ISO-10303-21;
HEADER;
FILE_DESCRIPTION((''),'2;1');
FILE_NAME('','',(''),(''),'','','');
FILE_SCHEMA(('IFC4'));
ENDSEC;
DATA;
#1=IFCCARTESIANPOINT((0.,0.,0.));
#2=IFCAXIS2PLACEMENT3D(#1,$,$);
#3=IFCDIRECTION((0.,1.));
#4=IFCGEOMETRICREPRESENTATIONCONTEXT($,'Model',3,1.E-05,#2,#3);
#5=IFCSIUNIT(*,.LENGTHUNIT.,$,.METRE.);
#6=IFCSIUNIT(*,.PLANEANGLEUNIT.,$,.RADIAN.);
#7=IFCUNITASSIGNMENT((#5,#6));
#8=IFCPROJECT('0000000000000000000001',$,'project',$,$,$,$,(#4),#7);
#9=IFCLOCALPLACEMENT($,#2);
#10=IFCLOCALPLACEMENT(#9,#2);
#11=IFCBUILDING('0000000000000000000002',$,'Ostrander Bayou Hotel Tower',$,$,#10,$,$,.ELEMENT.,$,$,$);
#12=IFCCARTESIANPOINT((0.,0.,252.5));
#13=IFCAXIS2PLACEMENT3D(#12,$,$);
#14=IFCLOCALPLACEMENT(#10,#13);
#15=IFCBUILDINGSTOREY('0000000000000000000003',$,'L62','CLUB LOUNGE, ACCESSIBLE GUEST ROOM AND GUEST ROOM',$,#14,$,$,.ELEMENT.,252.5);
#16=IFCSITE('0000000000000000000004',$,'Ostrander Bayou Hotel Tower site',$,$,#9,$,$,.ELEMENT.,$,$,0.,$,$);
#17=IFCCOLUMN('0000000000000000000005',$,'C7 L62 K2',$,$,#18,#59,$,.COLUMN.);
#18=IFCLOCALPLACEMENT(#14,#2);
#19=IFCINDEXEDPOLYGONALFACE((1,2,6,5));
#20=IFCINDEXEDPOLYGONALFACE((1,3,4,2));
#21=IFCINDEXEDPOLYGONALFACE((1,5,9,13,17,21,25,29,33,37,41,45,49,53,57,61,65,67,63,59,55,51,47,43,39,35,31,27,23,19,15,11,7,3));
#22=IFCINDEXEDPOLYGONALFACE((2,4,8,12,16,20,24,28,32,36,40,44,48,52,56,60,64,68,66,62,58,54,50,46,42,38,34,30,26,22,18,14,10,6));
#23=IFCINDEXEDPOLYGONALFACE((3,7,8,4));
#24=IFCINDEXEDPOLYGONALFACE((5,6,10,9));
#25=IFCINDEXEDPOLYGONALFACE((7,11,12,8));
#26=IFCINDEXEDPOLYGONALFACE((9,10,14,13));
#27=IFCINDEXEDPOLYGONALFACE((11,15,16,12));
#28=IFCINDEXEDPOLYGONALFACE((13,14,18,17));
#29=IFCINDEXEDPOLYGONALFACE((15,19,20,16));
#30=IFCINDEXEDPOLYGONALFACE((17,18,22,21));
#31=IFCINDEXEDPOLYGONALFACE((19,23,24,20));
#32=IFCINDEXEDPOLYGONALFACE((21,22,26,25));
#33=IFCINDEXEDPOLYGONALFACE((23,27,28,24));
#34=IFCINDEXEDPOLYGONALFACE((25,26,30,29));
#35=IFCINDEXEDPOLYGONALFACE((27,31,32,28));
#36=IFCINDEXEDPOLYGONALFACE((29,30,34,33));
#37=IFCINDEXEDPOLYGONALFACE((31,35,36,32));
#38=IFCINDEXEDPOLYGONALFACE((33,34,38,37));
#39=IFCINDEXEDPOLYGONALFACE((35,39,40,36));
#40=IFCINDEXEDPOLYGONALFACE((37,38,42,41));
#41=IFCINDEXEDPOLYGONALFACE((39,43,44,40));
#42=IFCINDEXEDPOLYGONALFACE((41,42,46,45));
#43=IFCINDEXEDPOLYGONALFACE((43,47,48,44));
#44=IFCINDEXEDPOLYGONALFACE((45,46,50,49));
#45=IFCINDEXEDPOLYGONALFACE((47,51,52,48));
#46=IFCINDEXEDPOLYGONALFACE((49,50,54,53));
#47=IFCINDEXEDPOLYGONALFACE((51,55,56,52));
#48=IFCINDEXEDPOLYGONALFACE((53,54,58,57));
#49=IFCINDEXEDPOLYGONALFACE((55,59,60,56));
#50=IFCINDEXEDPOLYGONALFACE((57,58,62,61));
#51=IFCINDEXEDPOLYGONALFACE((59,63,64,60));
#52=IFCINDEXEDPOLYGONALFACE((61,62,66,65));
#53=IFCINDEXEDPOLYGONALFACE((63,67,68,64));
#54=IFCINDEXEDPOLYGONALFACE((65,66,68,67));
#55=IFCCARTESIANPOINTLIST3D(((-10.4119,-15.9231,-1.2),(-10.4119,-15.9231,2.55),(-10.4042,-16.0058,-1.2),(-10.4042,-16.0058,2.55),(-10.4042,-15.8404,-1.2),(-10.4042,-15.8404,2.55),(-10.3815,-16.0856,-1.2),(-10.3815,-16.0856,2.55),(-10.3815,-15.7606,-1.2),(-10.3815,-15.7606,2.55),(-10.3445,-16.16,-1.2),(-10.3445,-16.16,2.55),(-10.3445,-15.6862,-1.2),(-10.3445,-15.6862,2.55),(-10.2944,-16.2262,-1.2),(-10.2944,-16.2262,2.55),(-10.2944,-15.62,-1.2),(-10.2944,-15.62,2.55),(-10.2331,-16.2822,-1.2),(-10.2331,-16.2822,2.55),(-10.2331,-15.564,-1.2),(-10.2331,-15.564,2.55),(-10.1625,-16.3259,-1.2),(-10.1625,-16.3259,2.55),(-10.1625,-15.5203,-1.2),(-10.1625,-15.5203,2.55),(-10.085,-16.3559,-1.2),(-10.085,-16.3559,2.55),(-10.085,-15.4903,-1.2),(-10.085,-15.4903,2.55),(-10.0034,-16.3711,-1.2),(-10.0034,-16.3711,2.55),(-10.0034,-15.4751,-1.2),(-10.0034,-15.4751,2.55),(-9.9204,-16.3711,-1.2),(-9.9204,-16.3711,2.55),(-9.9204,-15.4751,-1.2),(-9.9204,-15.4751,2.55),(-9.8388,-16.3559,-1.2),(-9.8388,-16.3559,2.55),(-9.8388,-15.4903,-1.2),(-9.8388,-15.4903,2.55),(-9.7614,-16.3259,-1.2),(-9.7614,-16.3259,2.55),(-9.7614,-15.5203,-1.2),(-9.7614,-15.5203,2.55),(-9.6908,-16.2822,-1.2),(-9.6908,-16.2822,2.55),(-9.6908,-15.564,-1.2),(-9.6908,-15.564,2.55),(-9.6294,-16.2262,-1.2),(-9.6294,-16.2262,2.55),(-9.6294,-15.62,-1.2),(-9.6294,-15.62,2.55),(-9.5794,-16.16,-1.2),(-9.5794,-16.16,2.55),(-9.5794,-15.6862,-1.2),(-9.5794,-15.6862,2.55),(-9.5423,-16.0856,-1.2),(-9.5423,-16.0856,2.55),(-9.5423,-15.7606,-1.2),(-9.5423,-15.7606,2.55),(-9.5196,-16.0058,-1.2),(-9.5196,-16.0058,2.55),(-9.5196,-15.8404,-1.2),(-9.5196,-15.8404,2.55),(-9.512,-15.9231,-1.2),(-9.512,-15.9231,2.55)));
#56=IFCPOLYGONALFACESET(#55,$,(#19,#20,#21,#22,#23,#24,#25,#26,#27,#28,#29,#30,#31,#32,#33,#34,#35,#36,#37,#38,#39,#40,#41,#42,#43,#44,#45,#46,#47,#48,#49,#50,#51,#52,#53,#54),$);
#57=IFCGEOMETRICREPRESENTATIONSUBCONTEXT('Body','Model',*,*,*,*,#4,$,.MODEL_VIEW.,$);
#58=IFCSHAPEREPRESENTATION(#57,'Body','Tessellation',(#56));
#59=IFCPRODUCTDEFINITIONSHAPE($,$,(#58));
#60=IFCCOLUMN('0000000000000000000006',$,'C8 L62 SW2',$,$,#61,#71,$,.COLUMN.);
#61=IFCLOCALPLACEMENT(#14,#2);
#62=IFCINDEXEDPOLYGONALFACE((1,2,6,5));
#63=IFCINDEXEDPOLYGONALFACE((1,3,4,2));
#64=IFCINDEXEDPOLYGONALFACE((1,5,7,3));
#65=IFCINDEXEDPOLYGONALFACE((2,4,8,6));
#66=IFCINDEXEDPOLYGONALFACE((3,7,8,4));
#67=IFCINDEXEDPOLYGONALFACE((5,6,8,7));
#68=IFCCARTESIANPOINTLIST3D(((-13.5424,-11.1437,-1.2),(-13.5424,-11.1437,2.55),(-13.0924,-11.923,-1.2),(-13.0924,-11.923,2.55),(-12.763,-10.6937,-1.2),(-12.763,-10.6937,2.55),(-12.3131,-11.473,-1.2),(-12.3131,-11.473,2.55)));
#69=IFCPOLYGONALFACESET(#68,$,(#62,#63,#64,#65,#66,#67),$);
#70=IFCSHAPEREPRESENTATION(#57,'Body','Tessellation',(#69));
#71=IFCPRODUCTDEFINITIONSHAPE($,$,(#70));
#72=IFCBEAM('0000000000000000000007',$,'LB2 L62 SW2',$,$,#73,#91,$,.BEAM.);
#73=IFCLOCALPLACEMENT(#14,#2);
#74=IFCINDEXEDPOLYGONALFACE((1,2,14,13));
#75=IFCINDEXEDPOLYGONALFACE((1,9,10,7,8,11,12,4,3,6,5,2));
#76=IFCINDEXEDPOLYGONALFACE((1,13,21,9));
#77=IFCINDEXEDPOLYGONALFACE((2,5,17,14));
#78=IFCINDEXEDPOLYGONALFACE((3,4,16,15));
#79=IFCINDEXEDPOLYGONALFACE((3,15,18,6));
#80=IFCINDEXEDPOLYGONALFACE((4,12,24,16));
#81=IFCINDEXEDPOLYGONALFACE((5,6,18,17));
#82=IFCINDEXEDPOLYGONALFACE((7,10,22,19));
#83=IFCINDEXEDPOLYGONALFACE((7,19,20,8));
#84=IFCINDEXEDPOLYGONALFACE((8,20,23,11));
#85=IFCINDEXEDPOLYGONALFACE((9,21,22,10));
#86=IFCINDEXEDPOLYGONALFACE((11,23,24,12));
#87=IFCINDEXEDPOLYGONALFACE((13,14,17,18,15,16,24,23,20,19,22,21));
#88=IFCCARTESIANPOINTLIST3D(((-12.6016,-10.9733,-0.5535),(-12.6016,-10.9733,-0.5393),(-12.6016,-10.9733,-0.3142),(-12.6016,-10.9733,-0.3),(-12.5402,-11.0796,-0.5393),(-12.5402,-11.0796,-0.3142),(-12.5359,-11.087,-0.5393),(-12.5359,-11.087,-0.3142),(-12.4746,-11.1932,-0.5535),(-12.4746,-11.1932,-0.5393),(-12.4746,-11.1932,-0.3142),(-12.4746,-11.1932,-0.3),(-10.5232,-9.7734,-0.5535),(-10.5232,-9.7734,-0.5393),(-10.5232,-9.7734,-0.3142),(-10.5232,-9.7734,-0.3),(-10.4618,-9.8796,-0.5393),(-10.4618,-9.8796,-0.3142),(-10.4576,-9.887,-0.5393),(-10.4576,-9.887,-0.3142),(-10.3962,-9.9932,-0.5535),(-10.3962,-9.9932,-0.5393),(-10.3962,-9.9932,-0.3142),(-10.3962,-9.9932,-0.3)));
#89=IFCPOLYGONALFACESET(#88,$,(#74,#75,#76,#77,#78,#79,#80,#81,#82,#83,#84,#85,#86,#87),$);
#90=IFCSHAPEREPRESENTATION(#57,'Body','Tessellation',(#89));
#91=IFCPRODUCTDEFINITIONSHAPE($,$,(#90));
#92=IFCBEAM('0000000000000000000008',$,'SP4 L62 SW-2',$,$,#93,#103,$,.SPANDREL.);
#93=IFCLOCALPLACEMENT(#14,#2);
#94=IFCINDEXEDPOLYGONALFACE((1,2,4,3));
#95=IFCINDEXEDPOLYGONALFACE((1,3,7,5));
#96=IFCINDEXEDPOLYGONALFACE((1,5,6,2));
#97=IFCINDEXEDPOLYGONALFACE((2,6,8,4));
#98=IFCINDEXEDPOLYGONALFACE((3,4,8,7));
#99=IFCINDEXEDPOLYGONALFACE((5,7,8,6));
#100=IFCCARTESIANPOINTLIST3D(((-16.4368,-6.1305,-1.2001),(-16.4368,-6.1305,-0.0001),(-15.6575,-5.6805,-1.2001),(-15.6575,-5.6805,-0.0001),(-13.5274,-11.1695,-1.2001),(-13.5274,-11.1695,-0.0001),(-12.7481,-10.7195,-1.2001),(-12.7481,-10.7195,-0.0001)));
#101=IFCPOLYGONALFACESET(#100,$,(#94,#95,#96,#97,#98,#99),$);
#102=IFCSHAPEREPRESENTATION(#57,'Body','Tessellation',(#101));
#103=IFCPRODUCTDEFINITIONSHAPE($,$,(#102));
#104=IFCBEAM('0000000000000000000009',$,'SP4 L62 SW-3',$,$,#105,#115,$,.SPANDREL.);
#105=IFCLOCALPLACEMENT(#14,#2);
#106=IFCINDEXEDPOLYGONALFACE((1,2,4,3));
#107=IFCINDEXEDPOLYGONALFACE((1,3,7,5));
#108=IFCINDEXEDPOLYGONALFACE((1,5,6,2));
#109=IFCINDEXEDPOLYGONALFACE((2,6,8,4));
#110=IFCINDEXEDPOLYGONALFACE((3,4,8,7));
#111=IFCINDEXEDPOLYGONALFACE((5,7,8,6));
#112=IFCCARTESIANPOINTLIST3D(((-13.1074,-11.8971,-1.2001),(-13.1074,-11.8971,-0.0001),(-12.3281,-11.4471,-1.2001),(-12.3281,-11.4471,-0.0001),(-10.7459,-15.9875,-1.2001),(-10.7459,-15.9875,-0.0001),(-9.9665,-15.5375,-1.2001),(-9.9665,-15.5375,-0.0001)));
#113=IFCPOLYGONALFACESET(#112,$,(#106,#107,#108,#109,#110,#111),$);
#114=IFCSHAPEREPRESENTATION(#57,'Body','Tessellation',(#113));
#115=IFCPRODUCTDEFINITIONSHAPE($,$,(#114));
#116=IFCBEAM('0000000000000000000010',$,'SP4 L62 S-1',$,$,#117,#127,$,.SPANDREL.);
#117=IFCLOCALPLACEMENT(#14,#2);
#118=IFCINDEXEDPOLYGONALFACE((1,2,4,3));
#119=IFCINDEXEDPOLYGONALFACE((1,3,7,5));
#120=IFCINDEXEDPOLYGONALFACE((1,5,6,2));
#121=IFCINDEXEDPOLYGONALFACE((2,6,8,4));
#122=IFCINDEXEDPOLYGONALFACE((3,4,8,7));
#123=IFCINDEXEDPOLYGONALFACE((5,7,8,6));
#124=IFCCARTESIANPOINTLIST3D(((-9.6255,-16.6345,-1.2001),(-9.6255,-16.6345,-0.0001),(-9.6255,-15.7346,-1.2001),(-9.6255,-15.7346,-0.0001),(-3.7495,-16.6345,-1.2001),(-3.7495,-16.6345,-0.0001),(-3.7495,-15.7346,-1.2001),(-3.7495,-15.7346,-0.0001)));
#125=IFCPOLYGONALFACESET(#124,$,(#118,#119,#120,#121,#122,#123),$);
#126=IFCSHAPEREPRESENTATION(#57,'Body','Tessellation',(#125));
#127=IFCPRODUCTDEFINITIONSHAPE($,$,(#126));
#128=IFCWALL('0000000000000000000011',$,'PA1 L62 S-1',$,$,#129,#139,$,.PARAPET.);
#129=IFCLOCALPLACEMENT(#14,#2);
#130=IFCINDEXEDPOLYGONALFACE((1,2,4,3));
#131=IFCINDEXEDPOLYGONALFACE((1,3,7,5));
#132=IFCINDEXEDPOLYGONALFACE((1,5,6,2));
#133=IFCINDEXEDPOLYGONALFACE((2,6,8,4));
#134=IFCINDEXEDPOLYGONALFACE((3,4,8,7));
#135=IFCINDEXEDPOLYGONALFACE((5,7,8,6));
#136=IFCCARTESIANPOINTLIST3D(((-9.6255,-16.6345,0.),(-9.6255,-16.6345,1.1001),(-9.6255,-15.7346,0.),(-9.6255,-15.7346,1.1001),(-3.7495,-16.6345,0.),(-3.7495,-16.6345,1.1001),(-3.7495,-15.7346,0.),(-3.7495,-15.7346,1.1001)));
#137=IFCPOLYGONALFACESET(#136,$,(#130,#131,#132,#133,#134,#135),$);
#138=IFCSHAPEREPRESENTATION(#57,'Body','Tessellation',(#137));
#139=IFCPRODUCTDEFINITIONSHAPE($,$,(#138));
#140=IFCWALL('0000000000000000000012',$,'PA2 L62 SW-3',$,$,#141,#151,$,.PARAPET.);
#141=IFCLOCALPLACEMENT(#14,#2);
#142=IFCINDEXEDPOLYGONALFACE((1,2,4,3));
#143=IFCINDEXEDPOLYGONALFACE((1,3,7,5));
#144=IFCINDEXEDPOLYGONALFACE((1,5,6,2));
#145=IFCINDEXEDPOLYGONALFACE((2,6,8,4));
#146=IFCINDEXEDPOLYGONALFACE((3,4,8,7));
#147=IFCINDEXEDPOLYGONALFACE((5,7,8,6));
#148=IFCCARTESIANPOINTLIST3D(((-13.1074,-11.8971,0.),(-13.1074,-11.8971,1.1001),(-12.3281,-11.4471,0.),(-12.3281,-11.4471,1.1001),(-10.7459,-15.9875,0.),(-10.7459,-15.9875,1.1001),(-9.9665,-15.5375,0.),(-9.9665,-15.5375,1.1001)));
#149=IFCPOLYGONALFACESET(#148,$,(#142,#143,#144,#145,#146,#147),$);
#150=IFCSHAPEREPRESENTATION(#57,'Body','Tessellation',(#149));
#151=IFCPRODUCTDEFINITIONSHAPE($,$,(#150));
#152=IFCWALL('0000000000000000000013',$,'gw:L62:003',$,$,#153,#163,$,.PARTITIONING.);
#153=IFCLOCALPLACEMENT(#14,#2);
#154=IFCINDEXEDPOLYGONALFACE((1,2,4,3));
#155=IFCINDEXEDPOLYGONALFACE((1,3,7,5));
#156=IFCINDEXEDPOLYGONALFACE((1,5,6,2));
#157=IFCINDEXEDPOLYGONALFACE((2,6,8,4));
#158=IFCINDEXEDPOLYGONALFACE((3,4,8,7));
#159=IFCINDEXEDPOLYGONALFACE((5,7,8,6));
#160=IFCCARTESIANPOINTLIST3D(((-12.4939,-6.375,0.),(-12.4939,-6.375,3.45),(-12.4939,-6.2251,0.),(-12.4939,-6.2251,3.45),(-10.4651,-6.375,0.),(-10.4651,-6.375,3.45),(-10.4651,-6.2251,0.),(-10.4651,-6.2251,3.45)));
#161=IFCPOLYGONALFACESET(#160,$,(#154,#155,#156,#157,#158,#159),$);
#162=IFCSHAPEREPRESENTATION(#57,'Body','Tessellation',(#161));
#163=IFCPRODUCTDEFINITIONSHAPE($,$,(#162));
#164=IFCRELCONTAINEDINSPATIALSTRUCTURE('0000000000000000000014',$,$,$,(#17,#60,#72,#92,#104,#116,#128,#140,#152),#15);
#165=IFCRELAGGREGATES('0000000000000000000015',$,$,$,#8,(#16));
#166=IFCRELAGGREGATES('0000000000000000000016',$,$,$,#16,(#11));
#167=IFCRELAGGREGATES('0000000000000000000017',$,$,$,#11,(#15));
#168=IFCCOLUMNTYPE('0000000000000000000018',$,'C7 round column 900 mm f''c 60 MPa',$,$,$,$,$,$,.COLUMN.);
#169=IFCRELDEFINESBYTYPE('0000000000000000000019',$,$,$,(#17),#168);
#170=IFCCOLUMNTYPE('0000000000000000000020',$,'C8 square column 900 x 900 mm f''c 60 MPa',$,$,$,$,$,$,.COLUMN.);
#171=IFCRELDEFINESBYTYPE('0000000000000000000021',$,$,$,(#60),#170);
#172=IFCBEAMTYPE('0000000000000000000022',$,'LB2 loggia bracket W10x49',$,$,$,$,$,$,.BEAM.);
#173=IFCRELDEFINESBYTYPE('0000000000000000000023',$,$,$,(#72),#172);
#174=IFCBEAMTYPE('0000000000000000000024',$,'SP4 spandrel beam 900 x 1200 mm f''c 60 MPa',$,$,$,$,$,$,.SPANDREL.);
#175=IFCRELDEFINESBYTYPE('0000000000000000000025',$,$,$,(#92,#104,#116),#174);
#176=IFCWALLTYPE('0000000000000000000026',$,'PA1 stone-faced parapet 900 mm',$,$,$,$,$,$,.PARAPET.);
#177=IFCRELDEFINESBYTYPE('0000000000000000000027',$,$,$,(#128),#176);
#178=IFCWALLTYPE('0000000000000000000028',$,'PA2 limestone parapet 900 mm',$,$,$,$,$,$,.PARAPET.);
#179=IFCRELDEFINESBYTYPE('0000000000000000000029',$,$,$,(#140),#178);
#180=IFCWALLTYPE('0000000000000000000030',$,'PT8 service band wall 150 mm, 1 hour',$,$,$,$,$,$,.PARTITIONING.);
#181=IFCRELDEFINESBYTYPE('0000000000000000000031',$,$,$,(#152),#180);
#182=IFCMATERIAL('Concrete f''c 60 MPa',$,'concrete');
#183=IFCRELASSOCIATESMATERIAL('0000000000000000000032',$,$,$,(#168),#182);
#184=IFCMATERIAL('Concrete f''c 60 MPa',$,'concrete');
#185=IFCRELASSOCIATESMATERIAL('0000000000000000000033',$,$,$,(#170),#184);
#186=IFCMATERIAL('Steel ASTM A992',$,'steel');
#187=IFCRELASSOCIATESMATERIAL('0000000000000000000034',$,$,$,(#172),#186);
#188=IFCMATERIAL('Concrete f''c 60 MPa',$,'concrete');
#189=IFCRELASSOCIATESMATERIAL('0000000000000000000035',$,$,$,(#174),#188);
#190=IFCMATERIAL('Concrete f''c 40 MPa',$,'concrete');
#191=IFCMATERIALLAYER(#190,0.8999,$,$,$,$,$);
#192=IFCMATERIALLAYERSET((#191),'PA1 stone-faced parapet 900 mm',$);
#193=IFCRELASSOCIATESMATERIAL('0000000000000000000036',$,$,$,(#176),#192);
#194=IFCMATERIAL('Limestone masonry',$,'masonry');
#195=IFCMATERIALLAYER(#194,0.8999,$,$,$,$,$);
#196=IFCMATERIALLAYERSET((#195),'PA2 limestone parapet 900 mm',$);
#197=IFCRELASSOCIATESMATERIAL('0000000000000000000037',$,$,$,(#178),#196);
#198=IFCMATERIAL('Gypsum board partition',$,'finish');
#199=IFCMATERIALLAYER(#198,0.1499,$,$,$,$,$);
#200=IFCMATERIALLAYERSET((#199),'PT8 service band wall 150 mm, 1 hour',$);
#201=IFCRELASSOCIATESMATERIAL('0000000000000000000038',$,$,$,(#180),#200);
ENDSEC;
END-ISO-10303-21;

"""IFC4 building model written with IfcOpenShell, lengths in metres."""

from ifc_helpers import new_model, si_unit, direction, frame, frame_2d, origin, origin_2d, place, context, subcontext, project, spatial, rectangle, circle, i_section, extrude, material, layer, layer_set, material_profile, profile_set, type_object, element, save


model = new_model("IFC4")

# Units and contexts
model_context = context("Model", 3, precision=1e-05, world=origin(), true_north=direction((0.0, 1.0)))
body_context = subcontext(model_context, "Body", "Model", "MODEL_VIEW")
ifc_project = project(units=[si_unit("LENGTHUNIT", "METRE"), si_unit("PLANEANGLEUNIT", "RADIAN")], contexts=[model_context])

# Site, building, storey
site_placement = place(None, origin())
site = spatial("IfcSite", under=ifc_project, at=site_placement, Name="Ostrander Bayou Hotel Tower site", CompositionType="ELEMENT", RefElevation=0.0)
building_placement = place(site_placement, origin())
building = spatial("IfcBuilding", under=site, at=building_placement, Name="Ostrander Bayou Hotel Tower", CompositionType="ELEMENT")
storey_placement = place(building_placement, frame((0.0, 0.0, 252.5)))
storey = spatial("IfcBuildingStorey", under=building, at=storey_placement, Name="L62", Description="CLUB LOUNGE, ACCESSIBLE GUEST ROOM AND GUEST ROOM", CompositionType="ELEMENT", Elevation=252.5)

# Columns
ifc_material_1 = material(Name="Concrete f'c 60 MPa", Category="concrete")
ifc_material_profile_1 = material_profile(ifc_material_1, circle(Radius=0.45, at=origin_2d()))
ifc_profile_set_1 = profile_set([ifc_material_profile_1], Name="Concrete f'c 60 MPa")
column_type_1 = type_object("IfcColumnType", Name="C7 round column 900 mm f'c 60 MPa", PredefinedType="COLUMN", material=ifc_profile_set_1)
column_1_placement = place(storey_placement, frame((-9.9619, -15.9231, -1.2), z_axis=(0.0, 0.0, 1.0), x_axis=(1.0, 0.0, 0.0)))
element("IfcColumn", 1, at=column_1_placement, inside=storey, type_object=column_type_1, Name="C7 L62 K2", PredefinedType="COLUMN", context=body_context, shape_type="SweptSolid", body=[
    extrude(circle(Radius=0.45, at=origin_2d()), origin(), (0.0, 0.0, 1.0), 3.75),
])
ifc_material_2 = material(Name="Concrete f'c 60 MPa", Category="concrete")
ifc_material_profile_2 = material_profile(ifc_material_2, rectangle(XDim=0.8999, YDim=0.8999, at=origin_2d()))
ifc_profile_set_2 = profile_set([ifc_material_profile_2], Name="Concrete f'c 60 MPa")
column_type_2 = type_object("IfcColumnType", Name="C8 square column 900 x 900 mm f'c 60 MPa", PredefinedType="COLUMN", material=ifc_profile_set_2)
column_2_placement = place(storey_placement, frame((-12.9277, -11.3083, -1.2), z_axis=(0.0, 0.0, 1.0), x_axis=(-0.5, 0.866025, 0.0)))
element("IfcColumn", 2, at=column_2_placement, inside=storey, type_object=column_type_2, Name="C8 L62 SW2", PredefinedType="COLUMN", context=body_context, shape_type="SweptSolid", body=[
    extrude(rectangle(XDim=0.8999, YDim=0.8999, at=origin_2d()), origin(), (0.0, 0.0, 1.0), 3.75),
])

# Beams
ifc_material_3 = material(Name="Steel ASTM A992", Category="steel")
ifc_material_profile_3 = material_profile(ifc_material_3, i_section(OverallWidth=0.2539, OverallDepth=0.2534, WebThickness=0.0085, FlangeThickness=0.0142, at=origin_2d()))
ifc_profile_set_3 = profile_set([ifc_material_profile_3], Name="Steel ASTM A992")
beam_type_1 = type_object("IfcBeamType", Name="LB2 loggia bracket W10x49", PredefinedType="BEAM", material=ifc_profile_set_3)
beam_1_placement = place(storey_placement, frame((-12.5381, -11.0833, -0.4268), z_axis=(0.866025, 0.500001, 0.0), x_axis=(-0.500001, 0.866025, 0.0)))
element("IfcBeam", 3, at=beam_1_placement, inside=storey, type_object=beam_type_1, Name="LB2 L62 SW2", PredefinedType="BEAM", context=body_context, shape_type="SweptSolid", body=[
    extrude(i_section(OverallWidth=0.2539, OverallDepth=0.2534, WebThickness=0.0085, FlangeThickness=0.0142, at=origin_2d()), origin(), (0.0, 0.0, 1.0), 2.3999),
])
ifc_material_4 = material(Name="Concrete f'c 60 MPa", Category="concrete")
ifc_material_profile_4 = material_profile(ifc_material_4, rectangle(XDim=0.8999, YDim=1.2, at=origin_2d()))
ifc_profile_set_4 = profile_set([ifc_material_profile_4], Name="Concrete f'c 60 MPa")
beam_type_2 = type_object("IfcBeamType", Name="SP4 spandrel beam 900 x 1200 mm f'c 60 MPa", PredefinedType="SPANDREL", material=ifc_profile_set_4)
beam_2_placement = place(storey_placement, frame((-16.0471, -5.9055, -0.6001), z_axis=(0.500015, -0.866016, 0.0), x_axis=(0.866016, 0.500015, 0.0)))
element("IfcBeam", 4, at=beam_2_placement, inside=storey, type_object=beam_type_2, Name="SP4 L62 SW-2", PredefinedType="SPANDREL", context=body_context, shape_type="SweptSolid", body=[
    extrude(rectangle(XDim=0.8999, YDim=1.2, at=origin_2d()), origin(), (0.0, 0.0, 1.0), 5.8186),
])
beam_3_placement = place(storey_placement, frame((-12.7178, -11.6721, -0.6001), z_axis=(0.500003, -0.866024, 0.0), x_axis=(0.866024, 0.500003, 0.0)))
element("IfcBeam", 5, at=beam_3_placement, inside=storey, type_object=beam_type_2, Name="SP4 L62 SW-3", PredefinedType="SPANDREL", context=body_context, shape_type="SweptSolid", body=[
    extrude(rectangle(XDim=0.8999, YDim=1.2, at=origin_2d()), origin(), (0.0, 0.0, 1.0), 4.7231),
])
beam_4_placement = place(storey_placement, frame((-9.6255, -16.1846, -0.6001), z_axis=(1.0, 0.0, 0.0), x_axis=(0.0, 1.0, 0.0)))
element("IfcBeam", 6, at=beam_4_placement, inside=storey, type_object=beam_type_2, Name="SP4 L62 S-1", PredefinedType="SPANDREL", context=body_context, shape_type="SweptSolid", body=[
    extrude(rectangle(XDim=0.8999, YDim=1.2, at=origin_2d()), origin(), (0.0, 0.0, 1.0), 5.876),
])

# Walls
ifc_material_5 = material(Name="Concrete f'c 40 MPa", Category="concrete")
ifc_layer_1 = layer(ifc_material_5, 0.8999)
ifc_layer_set_1 = layer_set([ifc_layer_1], Name="PA1 stone-faced parapet 900 mm")
wall_type_1 = type_object("IfcWallType", Name="PA1 stone-faced parapet 900 mm", PredefinedType="PARAPET", material=ifc_layer_set_1)
wall_1_placement = place(storey_placement, frame((-9.6255, -16.1846, 0.0), z_axis=(0.0, 0.0, 1.0), x_axis=(1.0, 0.0, 0.0)))
element("IfcWall", 7, at=wall_1_placement, inside=storey, type_object=wall_type_1, Name="PA1 L62 S-1", PredefinedType="PARAPET", context=body_context, shape_type="SweptSolid", body=[
    extrude(rectangle(XDim=5.876, YDim=0.8999, at=frame_2d((2.938, 0.0))), origin(), (0.0, 0.0, 1.0), 1.1001),
])
ifc_material_6 = material(Name="Limestone masonry", Category="masonry")
ifc_layer_2 = layer(ifc_material_6, 0.8999)
ifc_layer_set_2 = layer_set([ifc_layer_2], Name="PA2 limestone parapet 900 mm")
wall_type_2 = type_object("IfcWallType", Name="PA2 limestone parapet 900 mm", PredefinedType="PARAPET", material=ifc_layer_set_2)
wall_2_placement = place(storey_placement, frame((-12.7178, -11.6721, 0.0), z_axis=(0.0, 0.0, 1.0), x_axis=(0.500003, -0.866024, 0.0)))
element("IfcWall", 8, at=wall_2_placement, inside=storey, type_object=wall_type_2, Name="PA2 L62 SW-3", PredefinedType="PARAPET", context=body_context, shape_type="SweptSolid", body=[
    extrude(rectangle(XDim=4.7231, YDim=0.8999, at=frame_2d((2.3616, 0.0))), origin(), (0.0, 0.0, 1.0), 1.1001),
])
ifc_material_7 = material(Name="Gypsum board partition", Category="finish")
ifc_layer_3 = layer(ifc_material_7, 0.1499)
ifc_layer_set_3 = layer_set([ifc_layer_3], Name="PT8 service band wall 150 mm, 1 hour")
wall_type_3 = type_object("IfcWallType", Name="PT8 service band wall 150 mm, 1 hour", PredefinedType="PARTITIONING", material=ifc_layer_set_3)
wall_3_placement = place(storey_placement, frame((-12.4939, -6.3, 0.0), z_axis=(0.0, 0.0, 1.0), x_axis=(1.0, 0.0, 0.0)))
element("IfcWall", 9, at=wall_3_placement, inside=storey, type_object=wall_type_3, Name="gw:L62:003", PredefinedType="PARTITIONING", context=body_context, shape_type="SweptSolid", body=[
    extrude(rectangle(XDim=2.0288, YDim=0.1499, at=frame_2d((1.0144, 0.0))), origin(), (0.0, 0.0, 1.0), 3.45),
])

save(model, "model.ifc")
